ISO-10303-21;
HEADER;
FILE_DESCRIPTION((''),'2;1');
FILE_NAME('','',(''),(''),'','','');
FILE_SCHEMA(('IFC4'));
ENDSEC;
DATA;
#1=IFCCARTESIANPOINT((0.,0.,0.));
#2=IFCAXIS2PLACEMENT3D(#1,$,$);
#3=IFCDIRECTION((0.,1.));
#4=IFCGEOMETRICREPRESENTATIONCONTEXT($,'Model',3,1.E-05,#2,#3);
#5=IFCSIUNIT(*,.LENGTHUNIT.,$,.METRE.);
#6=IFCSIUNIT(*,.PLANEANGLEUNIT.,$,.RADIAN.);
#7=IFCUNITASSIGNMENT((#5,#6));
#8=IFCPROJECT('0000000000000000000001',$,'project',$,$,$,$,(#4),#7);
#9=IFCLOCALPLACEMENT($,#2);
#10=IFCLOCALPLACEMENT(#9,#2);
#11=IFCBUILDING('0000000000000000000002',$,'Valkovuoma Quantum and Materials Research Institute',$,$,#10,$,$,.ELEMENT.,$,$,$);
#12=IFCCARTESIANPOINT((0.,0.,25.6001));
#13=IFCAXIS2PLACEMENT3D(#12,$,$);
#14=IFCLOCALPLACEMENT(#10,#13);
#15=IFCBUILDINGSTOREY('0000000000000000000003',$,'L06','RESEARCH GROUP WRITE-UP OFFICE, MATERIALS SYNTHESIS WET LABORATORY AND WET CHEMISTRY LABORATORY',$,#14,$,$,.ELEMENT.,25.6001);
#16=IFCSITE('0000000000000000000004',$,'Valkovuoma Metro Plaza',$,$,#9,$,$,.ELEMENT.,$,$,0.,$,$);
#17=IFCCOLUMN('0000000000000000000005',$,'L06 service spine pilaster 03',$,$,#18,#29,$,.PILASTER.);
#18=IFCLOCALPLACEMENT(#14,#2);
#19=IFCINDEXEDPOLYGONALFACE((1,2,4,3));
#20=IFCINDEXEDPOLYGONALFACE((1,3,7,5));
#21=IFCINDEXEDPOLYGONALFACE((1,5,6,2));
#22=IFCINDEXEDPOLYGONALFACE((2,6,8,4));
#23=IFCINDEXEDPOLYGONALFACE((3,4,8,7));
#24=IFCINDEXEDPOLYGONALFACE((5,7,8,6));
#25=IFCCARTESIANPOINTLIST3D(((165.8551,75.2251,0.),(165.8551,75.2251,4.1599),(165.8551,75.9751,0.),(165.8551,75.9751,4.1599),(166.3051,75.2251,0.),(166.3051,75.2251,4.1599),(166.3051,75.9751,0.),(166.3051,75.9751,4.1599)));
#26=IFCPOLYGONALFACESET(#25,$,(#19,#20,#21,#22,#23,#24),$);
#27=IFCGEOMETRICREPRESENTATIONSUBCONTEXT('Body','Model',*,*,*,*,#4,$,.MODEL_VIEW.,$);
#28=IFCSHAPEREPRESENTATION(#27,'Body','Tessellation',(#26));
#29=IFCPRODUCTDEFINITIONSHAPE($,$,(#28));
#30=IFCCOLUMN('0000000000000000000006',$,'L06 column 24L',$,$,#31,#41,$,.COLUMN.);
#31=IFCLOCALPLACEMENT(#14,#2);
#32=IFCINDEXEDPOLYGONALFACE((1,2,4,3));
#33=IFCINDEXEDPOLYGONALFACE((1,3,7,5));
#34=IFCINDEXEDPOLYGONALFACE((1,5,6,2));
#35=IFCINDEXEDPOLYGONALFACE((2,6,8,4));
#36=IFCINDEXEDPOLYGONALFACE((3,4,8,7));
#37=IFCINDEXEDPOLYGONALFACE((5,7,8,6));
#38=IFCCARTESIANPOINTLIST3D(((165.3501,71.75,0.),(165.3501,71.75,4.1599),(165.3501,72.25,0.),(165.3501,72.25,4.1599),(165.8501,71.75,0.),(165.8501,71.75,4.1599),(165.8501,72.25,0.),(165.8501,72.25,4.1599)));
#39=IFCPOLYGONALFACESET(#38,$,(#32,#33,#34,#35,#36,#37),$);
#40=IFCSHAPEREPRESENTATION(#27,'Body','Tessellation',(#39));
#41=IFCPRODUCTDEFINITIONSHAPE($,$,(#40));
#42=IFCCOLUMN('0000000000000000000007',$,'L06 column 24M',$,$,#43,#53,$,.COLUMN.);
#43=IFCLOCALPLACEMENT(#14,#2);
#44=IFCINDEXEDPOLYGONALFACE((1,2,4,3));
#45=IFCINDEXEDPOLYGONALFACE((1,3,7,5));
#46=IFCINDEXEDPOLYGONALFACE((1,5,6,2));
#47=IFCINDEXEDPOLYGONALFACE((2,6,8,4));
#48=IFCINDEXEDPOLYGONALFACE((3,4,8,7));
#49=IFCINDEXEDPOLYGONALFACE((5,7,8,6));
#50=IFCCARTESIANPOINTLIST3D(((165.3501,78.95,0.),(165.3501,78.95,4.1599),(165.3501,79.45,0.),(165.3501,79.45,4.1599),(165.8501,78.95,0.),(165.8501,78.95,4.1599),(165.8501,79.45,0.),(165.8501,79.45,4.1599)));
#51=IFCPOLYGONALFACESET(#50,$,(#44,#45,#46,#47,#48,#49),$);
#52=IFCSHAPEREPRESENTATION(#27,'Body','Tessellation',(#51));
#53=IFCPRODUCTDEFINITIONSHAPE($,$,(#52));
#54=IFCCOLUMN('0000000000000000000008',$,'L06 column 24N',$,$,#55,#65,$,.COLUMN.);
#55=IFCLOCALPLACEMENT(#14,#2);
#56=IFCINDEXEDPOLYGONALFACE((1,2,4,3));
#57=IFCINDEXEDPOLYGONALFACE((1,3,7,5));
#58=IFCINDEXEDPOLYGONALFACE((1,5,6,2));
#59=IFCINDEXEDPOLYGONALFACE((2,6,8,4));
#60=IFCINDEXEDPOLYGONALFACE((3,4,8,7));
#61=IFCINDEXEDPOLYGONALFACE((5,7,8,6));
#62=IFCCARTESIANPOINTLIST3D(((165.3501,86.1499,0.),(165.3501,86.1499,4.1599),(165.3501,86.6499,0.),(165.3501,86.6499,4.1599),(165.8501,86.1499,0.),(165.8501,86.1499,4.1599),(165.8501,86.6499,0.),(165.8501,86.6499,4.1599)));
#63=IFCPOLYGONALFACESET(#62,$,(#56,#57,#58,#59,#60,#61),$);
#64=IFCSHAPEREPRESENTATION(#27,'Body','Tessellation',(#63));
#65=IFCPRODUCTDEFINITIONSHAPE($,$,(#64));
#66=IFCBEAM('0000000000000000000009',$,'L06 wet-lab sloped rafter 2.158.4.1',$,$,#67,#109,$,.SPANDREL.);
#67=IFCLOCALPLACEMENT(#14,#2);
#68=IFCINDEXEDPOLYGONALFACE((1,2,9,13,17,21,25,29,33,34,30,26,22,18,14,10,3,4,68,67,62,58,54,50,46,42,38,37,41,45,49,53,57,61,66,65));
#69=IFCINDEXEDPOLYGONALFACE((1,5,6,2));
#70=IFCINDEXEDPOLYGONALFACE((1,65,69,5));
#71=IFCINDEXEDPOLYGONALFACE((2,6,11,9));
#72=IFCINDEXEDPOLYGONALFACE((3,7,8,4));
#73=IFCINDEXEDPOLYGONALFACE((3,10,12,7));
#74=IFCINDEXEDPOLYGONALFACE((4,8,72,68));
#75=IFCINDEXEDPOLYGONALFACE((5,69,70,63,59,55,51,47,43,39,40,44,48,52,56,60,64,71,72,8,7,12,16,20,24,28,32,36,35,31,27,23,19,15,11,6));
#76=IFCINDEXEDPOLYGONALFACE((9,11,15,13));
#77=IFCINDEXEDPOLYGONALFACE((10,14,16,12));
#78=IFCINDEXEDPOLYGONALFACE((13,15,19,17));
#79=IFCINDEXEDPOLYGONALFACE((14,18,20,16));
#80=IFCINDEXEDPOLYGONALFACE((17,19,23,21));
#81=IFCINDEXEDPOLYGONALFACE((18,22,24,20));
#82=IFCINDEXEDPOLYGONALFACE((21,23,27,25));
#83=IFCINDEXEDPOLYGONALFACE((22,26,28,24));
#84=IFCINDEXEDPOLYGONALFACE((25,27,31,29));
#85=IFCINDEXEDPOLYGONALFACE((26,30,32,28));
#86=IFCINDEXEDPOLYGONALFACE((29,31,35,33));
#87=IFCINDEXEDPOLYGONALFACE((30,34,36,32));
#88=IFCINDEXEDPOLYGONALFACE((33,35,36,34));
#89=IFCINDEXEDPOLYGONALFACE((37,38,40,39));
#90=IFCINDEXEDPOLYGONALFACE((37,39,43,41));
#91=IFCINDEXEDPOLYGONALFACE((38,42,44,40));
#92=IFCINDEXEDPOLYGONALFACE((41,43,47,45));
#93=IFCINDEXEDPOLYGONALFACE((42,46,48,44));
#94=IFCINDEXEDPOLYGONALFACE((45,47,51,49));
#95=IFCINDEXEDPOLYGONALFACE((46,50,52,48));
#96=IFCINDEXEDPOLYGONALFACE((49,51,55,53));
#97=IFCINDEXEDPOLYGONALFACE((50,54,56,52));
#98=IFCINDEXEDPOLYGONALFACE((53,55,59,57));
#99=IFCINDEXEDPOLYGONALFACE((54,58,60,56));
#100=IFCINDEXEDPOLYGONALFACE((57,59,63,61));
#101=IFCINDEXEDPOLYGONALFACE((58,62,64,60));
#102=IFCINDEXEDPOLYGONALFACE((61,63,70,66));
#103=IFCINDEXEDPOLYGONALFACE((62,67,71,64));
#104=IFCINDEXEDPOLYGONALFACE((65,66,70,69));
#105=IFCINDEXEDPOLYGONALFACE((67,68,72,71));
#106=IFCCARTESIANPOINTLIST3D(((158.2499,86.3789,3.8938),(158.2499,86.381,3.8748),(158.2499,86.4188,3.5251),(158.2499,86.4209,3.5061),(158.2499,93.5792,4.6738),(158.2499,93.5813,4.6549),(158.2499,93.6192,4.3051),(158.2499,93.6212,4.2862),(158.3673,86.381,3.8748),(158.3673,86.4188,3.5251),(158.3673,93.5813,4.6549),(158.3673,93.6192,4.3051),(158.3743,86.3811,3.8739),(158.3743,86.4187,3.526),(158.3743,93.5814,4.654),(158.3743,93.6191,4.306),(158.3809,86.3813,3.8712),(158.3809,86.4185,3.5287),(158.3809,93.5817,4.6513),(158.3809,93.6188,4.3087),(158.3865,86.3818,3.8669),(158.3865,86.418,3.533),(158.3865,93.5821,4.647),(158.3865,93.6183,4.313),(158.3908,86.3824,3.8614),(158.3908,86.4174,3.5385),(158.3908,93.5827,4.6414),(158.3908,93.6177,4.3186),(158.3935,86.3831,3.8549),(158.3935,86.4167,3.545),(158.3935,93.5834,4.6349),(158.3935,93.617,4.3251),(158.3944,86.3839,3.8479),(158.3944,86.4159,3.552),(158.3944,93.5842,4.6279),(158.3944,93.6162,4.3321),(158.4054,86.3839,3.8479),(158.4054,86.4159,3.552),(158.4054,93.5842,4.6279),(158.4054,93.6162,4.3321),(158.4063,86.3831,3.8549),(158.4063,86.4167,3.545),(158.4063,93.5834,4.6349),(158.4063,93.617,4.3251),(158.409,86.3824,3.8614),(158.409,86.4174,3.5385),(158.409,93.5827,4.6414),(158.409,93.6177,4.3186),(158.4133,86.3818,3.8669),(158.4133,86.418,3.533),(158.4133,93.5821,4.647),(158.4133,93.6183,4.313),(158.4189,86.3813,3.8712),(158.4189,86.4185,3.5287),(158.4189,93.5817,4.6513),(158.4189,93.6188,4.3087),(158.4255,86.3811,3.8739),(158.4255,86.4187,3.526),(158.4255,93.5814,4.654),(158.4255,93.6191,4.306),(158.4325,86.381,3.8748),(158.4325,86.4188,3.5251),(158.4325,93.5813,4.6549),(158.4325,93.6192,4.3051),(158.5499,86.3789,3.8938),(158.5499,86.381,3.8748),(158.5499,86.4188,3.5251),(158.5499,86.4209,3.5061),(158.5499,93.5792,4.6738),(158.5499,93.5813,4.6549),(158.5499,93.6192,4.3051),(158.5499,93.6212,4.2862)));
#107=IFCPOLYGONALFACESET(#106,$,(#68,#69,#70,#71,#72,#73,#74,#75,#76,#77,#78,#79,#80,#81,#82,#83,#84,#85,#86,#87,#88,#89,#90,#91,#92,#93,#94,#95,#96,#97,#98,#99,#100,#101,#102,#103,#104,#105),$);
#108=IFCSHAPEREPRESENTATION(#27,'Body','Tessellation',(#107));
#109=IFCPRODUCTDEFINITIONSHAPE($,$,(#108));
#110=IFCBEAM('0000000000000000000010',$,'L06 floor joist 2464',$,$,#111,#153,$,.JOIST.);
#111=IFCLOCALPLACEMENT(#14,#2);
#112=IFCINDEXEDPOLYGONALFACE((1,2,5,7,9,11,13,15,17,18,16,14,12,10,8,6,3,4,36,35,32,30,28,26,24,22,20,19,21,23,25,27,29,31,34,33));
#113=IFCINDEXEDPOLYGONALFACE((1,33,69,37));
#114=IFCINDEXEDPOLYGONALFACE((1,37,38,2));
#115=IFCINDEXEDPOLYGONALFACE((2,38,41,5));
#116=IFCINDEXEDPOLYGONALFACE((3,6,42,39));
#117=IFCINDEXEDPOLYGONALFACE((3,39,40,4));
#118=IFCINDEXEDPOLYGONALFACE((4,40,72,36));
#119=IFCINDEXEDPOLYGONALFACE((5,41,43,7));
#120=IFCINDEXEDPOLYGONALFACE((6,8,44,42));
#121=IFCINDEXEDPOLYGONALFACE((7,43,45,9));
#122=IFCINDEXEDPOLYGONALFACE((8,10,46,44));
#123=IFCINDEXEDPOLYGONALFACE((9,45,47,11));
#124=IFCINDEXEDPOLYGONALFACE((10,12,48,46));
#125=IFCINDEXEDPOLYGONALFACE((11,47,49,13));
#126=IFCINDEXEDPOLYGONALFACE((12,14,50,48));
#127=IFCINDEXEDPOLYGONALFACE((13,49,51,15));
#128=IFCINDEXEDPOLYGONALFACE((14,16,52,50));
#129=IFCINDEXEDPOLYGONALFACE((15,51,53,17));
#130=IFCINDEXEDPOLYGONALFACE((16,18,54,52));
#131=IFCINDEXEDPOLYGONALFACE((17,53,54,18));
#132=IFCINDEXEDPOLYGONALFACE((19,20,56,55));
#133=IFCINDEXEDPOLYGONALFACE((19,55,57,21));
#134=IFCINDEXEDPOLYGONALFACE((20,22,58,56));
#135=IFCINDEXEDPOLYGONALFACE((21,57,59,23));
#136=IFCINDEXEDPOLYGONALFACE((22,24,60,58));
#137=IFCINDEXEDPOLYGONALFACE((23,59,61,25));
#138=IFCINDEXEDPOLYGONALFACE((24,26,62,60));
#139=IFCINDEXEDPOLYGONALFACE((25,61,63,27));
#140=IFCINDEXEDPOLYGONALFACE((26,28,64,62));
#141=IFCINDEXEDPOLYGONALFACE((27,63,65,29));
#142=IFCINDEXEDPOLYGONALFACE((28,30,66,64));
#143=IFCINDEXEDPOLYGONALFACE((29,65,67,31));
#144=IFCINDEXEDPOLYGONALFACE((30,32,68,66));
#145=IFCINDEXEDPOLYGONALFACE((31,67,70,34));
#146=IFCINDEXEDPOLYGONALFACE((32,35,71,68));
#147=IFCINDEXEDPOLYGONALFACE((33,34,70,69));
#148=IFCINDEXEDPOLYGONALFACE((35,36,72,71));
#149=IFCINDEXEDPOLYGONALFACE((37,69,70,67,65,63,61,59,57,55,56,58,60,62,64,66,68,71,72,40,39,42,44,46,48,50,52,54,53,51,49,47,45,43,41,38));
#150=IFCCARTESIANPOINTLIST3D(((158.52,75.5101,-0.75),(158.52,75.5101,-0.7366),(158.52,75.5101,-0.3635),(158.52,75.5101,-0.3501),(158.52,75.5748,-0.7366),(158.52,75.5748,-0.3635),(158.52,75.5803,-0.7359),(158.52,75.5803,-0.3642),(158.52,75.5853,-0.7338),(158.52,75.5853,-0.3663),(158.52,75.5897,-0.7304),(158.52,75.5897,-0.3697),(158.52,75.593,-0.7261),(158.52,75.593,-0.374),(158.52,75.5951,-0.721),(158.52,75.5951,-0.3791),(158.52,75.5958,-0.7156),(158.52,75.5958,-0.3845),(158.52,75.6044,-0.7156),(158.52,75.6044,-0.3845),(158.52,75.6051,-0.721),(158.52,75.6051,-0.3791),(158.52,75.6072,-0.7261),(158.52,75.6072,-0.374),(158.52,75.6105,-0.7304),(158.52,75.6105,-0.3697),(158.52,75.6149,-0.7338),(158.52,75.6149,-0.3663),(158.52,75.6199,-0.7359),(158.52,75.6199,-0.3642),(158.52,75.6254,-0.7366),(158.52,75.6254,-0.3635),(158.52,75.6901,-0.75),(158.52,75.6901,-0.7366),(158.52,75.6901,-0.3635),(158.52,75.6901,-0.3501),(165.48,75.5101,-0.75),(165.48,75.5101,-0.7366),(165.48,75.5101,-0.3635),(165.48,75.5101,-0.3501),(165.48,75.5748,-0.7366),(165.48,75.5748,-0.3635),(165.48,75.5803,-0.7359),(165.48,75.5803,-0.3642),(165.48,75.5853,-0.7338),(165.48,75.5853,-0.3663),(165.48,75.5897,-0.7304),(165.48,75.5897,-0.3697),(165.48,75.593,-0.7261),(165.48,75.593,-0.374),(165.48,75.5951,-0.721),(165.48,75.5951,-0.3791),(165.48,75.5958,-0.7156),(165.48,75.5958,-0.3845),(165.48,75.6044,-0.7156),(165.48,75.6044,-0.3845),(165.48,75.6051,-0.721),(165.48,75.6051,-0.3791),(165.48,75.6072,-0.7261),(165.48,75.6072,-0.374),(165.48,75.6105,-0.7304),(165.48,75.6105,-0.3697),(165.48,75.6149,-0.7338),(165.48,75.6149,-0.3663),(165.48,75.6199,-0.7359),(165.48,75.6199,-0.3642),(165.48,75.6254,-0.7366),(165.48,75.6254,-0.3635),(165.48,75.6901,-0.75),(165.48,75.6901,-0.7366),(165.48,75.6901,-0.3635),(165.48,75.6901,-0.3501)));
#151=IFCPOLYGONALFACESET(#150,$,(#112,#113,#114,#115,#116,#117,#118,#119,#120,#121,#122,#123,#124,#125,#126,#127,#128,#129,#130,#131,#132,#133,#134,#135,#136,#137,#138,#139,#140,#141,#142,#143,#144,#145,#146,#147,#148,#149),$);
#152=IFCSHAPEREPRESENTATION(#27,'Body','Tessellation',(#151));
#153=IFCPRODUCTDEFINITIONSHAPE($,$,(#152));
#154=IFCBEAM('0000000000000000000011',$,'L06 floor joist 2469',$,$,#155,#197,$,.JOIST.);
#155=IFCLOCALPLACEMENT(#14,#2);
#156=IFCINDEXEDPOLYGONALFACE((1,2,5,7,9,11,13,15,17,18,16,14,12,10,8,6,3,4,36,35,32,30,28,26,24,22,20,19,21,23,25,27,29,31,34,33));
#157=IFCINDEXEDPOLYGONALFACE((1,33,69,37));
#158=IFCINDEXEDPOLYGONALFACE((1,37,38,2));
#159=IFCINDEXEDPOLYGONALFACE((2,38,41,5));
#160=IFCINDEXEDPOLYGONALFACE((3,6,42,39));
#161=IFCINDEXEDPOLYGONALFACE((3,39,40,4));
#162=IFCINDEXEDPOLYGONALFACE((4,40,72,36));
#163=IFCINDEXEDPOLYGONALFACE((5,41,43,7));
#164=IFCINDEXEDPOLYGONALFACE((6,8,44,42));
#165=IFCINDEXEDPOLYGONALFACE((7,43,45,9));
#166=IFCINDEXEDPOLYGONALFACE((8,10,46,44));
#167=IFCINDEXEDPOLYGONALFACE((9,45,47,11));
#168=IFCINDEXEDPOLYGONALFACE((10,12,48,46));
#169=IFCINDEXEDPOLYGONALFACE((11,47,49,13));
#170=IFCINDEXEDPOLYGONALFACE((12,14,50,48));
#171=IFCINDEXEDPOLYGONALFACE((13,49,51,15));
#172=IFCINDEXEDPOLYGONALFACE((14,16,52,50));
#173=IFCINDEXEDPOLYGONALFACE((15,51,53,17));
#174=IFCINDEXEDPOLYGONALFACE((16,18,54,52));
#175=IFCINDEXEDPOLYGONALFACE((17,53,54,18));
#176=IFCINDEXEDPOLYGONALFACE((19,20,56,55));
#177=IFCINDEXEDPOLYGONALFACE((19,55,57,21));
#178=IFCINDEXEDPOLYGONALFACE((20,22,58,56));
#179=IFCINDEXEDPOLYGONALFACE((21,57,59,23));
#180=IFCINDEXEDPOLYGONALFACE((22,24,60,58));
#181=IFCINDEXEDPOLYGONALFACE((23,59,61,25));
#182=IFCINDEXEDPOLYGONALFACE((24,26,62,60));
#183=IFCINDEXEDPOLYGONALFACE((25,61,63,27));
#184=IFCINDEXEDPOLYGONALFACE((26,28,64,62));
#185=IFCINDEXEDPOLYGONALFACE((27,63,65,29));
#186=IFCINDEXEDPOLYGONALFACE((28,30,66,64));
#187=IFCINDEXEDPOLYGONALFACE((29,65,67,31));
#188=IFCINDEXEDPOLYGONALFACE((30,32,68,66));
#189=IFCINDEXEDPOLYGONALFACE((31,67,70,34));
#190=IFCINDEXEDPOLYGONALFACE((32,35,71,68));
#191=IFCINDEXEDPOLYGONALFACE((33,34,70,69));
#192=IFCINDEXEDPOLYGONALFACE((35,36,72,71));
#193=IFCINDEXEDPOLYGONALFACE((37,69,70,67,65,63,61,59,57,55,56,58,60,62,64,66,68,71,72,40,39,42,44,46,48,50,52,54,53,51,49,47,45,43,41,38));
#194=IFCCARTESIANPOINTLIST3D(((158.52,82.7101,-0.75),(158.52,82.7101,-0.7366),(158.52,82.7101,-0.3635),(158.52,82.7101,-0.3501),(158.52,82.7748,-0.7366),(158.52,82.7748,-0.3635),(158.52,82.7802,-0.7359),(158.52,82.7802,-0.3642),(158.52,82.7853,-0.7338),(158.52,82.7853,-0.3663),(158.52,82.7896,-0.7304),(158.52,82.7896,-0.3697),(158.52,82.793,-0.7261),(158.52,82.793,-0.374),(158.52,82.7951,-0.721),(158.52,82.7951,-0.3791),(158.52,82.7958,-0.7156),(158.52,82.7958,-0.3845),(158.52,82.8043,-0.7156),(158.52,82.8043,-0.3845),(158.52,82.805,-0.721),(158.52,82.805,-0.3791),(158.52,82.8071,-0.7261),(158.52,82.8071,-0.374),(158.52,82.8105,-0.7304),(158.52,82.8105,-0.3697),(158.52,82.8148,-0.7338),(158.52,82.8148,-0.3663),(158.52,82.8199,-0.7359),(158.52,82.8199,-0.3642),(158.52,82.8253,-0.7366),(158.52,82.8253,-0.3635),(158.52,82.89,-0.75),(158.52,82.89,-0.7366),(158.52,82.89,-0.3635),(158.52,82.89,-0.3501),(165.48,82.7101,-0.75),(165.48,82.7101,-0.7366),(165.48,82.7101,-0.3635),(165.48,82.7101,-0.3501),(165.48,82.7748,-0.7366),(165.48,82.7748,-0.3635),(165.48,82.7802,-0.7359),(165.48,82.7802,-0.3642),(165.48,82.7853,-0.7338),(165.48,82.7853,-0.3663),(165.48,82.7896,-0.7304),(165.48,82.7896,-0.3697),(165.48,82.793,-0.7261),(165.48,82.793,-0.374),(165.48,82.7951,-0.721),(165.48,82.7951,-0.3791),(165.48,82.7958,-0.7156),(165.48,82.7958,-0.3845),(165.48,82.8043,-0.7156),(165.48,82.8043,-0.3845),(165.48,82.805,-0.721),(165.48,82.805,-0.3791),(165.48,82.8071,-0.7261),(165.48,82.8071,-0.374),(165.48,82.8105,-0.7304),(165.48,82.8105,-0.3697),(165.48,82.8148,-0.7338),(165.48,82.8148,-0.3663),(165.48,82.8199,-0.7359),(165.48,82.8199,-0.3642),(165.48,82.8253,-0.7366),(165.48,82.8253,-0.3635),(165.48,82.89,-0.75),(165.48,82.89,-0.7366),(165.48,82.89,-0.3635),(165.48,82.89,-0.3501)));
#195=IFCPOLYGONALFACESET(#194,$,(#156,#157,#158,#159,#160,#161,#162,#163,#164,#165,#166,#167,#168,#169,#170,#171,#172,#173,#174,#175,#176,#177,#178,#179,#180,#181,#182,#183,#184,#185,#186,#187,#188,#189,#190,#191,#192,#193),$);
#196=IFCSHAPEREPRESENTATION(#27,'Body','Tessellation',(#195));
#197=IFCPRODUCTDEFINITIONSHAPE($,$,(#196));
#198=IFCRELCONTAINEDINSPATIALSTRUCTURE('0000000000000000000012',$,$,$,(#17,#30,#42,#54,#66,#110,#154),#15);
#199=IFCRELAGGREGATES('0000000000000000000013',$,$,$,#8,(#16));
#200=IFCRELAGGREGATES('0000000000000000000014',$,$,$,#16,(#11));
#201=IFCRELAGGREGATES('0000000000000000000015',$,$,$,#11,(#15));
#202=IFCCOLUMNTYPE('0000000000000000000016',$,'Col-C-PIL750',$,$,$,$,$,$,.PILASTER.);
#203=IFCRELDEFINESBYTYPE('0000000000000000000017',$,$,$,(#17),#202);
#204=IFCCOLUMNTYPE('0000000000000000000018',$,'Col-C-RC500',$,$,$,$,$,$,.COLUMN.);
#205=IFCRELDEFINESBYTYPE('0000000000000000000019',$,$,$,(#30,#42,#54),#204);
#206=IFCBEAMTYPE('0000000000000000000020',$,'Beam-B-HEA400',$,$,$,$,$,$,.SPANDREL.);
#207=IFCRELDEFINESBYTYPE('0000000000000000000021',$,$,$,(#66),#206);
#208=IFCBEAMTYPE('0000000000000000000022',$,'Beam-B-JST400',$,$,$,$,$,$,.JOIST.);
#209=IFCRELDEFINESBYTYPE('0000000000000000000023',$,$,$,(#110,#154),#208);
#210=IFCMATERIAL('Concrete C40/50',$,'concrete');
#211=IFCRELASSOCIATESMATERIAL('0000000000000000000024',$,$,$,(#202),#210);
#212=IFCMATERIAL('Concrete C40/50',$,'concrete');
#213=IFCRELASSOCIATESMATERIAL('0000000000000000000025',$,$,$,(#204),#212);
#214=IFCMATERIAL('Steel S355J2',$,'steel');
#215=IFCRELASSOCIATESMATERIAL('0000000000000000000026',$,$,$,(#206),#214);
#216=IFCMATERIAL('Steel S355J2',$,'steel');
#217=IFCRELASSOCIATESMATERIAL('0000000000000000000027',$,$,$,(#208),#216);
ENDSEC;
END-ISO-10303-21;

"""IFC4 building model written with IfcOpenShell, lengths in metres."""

from ifc_helpers import new_model, si_unit, direction, frame, origin, origin_2d, place, context, subcontext, project, spatial, rectangle, i_section, extrude, material, material_profile, profile_set, type_object, element, save


model = new_model("IFC4")

# Units and contexts
model_context = context("Model", 3, precision=1e-05, world=origin(), true_north=direction((0.0, 1.0)))
body_context = subcontext(model_context, "Body", "Model", "MODEL_VIEW")
ifc_project = project(units=[si_unit("LENGTHUNIT", "METRE"), si_unit("PLANEANGLEUNIT", "RADIAN")], contexts=[model_context])

# Site, building, storey
site_placement = place(None, origin())
site = spatial("IfcSite", under=ifc_project, at=site_placement, Name="Valkovuoma Metro Plaza", CompositionType="ELEMENT", RefElevation=0.0)
building_placement = place(site_placement, origin())
building = spatial("IfcBuilding", under=site, at=building_placement, Name="Valkovuoma Quantum and Materials Research Institute", CompositionType="ELEMENT")
storey_placement = place(building_placement, frame((0.0, 0.0, 25.6001)))
storey = spatial("IfcBuildingStorey", under=building, at=storey_placement, Name="L06", Description="RESEARCH GROUP WRITE-UP OFFICE, MATERIALS SYNTHESIS WET LABORATORY AND WET CHEMISTRY LABORATORY", CompositionType="ELEMENT", Elevation=25.6001)

# Columns
ifc_material_1 = material(Name="Concrete C40/50", Category="concrete")
ifc_material_profile_1 = material_profile(ifc_material_1, rectangle(XDim=0.45, YDim=0.75, at=origin_2d()), Name="Concrete C40/50")
ifc_profile_set_1 = profile_set([ifc_material_profile_1], Name="Concrete C40/50")
column_type_1 = type_object("IfcColumnType", Name="Col-C-PIL750", PredefinedType="PILASTER", material=ifc_profile_set_1)
column_placement = place(storey_placement, frame((166.0801, 75.6001, 0.0), z_axis=(0.0, 0.0, 1.0), x_axis=(1.0, 0.0, 0.0)))
element("IfcColumn", 1, at=column_placement, inside=storey, type_object=column_type_1, Name="L06 service spine pilaster 03", PredefinedType="PILASTER", context=body_context, shape_type="SweptSolid", body=[
    extrude(rectangle(XDim=0.45, YDim=0.75, at=origin_2d()), origin(), (0.0, 0.0, 1.0), 4.1599),
])
ifc_material_2 = material(Name="Concrete C40/50", Category="concrete")
ifc_material_profile_2 = material_profile(ifc_material_2, rectangle(XDim=0.5, YDim=0.5, at=origin_2d()), Name="Concrete C40/50")
ifc_profile_set_2 = profile_set([ifc_material_profile_2], Name="Concrete C40/50")
column_type_2 = type_object("IfcColumnType", Name="Col-C-RC500", PredefinedType="COLUMN", material=ifc_profile_set_2)
for number, where, z_axis, x_axis, name in (
    (2, (165.6001, 72.0, 0.0), (0.0, 0.0, 1.0), (1.0, 0.0, 0.0), "L06 column 24L"),
    (3, (165.6001, 79.2, 0.0), (0.0, 0.0, 1.0), (1.0, 0.0, 0.0), "L06 column 24M"),
    (4, (165.6001, 86.3999, 0.0), (0.0, 0.0, 1.0), (1.0, 0.0, 0.0), "L06 column 24N"),
):
    element("IfcColumn", number, at=place(storey_placement, frame(where, z_axis=z_axis, x_axis=x_axis)), inside=storey, type_object=column_type_2, Name=name, PredefinedType="COLUMN", context=body_context, shape_type="SweptSolid", body=[
        extrude(rectangle(XDim=0.5, YDim=0.5, at=origin_2d()), origin(), (0.0, 0.0, 1.0), 4.1599),
    ])

# Beams
ifc_material_3 = material(Name="Steel S355J2", Category="steel")
ifc_material_profile_3 = material_profile(ifc_material_3, i_section(OverallWidth=0.3, OverallDepth=0.3899, WebThickness=0.011, FlangeThickness=0.019, FilletRadius=0.0271, at=origin_2d()), Name="Steel S355J2")
ifc_profile_set_3 = profile_set([ifc_material_profile_3], Name="Steel S355J2")
beam_type_1 = type_object("IfcBeamType", Name="Beam-B-HEA400", PredefinedType="SPANDREL", material=ifc_profile_set_3)
beam_placement = place(storey_placement, frame((158.3999, 86.3999, 3.7), z_axis=(0.0, 0.994183, 0.107704), x_axis=(-1.0, 0.0, 0.0)))
element("IfcBeam", 5, at=beam_placement, inside=storey, type_object=beam_type_1, Name="L06 wet-lab sloped rafter 2.158.4.1", PredefinedType="SPANDREL", context=body_context, shape_type="SweptSolid", body=[
    extrude(i_section(OverallWidth=0.3, OverallDepth=0.3899, WebThickness=0.011, FlangeThickness=0.019, FilletRadius=0.0271, at=origin_2d()), origin(), (0.0, 0.0, 1.0), 7.2424),
])
ifc_material_4 = material(Name="Steel S355J2", Category="steel")
ifc_material_profile_4 = material_profile(ifc_material_4, i_section(OverallWidth=0.1799, OverallDepth=0.3999, WebThickness=0.0085, FlangeThickness=0.0134, FilletRadius=0.021, at=origin_2d()), Name="Steel S355J2")
ifc_profile_set_4 = profile_set([ifc_material_profile_4], Name="Steel S355J2")
beam_type_2 = type_object("IfcBeamType", Name="Beam-B-JST400", PredefinedType="JOIST", material=ifc_profile_set_4)
for number, where, z_axis, x_axis, name in (
    (6, (158.52, 75.6001, -0.55), (1.0, 0.0, 0.0), (0.0, 1.0, 0.0), "L06 floor joist 2464"),
    (7, (158.52, 82.8, -0.55), (1.0, 0.0, 0.0), (0.0, 1.0, 0.0), "L06 floor joist 2469"),
):
    element("IfcBeam", number, at=place(storey_placement, frame(where, z_axis=z_axis, x_axis=x_axis)), inside=storey, type_object=beam_type_2, Name=name, PredefinedType="JOIST", context=body_context, shape_type="SweptSolid", body=[
        extrude(i_section(OverallWidth=0.1799, OverallDepth=0.3999, WebThickness=0.0085, FlangeThickness=0.0134, FilletRadius=0.021, at=origin_2d()), origin(), (0.0, 0.0, 1.0), 6.96),
    ])

save(model, "model.ifc")
